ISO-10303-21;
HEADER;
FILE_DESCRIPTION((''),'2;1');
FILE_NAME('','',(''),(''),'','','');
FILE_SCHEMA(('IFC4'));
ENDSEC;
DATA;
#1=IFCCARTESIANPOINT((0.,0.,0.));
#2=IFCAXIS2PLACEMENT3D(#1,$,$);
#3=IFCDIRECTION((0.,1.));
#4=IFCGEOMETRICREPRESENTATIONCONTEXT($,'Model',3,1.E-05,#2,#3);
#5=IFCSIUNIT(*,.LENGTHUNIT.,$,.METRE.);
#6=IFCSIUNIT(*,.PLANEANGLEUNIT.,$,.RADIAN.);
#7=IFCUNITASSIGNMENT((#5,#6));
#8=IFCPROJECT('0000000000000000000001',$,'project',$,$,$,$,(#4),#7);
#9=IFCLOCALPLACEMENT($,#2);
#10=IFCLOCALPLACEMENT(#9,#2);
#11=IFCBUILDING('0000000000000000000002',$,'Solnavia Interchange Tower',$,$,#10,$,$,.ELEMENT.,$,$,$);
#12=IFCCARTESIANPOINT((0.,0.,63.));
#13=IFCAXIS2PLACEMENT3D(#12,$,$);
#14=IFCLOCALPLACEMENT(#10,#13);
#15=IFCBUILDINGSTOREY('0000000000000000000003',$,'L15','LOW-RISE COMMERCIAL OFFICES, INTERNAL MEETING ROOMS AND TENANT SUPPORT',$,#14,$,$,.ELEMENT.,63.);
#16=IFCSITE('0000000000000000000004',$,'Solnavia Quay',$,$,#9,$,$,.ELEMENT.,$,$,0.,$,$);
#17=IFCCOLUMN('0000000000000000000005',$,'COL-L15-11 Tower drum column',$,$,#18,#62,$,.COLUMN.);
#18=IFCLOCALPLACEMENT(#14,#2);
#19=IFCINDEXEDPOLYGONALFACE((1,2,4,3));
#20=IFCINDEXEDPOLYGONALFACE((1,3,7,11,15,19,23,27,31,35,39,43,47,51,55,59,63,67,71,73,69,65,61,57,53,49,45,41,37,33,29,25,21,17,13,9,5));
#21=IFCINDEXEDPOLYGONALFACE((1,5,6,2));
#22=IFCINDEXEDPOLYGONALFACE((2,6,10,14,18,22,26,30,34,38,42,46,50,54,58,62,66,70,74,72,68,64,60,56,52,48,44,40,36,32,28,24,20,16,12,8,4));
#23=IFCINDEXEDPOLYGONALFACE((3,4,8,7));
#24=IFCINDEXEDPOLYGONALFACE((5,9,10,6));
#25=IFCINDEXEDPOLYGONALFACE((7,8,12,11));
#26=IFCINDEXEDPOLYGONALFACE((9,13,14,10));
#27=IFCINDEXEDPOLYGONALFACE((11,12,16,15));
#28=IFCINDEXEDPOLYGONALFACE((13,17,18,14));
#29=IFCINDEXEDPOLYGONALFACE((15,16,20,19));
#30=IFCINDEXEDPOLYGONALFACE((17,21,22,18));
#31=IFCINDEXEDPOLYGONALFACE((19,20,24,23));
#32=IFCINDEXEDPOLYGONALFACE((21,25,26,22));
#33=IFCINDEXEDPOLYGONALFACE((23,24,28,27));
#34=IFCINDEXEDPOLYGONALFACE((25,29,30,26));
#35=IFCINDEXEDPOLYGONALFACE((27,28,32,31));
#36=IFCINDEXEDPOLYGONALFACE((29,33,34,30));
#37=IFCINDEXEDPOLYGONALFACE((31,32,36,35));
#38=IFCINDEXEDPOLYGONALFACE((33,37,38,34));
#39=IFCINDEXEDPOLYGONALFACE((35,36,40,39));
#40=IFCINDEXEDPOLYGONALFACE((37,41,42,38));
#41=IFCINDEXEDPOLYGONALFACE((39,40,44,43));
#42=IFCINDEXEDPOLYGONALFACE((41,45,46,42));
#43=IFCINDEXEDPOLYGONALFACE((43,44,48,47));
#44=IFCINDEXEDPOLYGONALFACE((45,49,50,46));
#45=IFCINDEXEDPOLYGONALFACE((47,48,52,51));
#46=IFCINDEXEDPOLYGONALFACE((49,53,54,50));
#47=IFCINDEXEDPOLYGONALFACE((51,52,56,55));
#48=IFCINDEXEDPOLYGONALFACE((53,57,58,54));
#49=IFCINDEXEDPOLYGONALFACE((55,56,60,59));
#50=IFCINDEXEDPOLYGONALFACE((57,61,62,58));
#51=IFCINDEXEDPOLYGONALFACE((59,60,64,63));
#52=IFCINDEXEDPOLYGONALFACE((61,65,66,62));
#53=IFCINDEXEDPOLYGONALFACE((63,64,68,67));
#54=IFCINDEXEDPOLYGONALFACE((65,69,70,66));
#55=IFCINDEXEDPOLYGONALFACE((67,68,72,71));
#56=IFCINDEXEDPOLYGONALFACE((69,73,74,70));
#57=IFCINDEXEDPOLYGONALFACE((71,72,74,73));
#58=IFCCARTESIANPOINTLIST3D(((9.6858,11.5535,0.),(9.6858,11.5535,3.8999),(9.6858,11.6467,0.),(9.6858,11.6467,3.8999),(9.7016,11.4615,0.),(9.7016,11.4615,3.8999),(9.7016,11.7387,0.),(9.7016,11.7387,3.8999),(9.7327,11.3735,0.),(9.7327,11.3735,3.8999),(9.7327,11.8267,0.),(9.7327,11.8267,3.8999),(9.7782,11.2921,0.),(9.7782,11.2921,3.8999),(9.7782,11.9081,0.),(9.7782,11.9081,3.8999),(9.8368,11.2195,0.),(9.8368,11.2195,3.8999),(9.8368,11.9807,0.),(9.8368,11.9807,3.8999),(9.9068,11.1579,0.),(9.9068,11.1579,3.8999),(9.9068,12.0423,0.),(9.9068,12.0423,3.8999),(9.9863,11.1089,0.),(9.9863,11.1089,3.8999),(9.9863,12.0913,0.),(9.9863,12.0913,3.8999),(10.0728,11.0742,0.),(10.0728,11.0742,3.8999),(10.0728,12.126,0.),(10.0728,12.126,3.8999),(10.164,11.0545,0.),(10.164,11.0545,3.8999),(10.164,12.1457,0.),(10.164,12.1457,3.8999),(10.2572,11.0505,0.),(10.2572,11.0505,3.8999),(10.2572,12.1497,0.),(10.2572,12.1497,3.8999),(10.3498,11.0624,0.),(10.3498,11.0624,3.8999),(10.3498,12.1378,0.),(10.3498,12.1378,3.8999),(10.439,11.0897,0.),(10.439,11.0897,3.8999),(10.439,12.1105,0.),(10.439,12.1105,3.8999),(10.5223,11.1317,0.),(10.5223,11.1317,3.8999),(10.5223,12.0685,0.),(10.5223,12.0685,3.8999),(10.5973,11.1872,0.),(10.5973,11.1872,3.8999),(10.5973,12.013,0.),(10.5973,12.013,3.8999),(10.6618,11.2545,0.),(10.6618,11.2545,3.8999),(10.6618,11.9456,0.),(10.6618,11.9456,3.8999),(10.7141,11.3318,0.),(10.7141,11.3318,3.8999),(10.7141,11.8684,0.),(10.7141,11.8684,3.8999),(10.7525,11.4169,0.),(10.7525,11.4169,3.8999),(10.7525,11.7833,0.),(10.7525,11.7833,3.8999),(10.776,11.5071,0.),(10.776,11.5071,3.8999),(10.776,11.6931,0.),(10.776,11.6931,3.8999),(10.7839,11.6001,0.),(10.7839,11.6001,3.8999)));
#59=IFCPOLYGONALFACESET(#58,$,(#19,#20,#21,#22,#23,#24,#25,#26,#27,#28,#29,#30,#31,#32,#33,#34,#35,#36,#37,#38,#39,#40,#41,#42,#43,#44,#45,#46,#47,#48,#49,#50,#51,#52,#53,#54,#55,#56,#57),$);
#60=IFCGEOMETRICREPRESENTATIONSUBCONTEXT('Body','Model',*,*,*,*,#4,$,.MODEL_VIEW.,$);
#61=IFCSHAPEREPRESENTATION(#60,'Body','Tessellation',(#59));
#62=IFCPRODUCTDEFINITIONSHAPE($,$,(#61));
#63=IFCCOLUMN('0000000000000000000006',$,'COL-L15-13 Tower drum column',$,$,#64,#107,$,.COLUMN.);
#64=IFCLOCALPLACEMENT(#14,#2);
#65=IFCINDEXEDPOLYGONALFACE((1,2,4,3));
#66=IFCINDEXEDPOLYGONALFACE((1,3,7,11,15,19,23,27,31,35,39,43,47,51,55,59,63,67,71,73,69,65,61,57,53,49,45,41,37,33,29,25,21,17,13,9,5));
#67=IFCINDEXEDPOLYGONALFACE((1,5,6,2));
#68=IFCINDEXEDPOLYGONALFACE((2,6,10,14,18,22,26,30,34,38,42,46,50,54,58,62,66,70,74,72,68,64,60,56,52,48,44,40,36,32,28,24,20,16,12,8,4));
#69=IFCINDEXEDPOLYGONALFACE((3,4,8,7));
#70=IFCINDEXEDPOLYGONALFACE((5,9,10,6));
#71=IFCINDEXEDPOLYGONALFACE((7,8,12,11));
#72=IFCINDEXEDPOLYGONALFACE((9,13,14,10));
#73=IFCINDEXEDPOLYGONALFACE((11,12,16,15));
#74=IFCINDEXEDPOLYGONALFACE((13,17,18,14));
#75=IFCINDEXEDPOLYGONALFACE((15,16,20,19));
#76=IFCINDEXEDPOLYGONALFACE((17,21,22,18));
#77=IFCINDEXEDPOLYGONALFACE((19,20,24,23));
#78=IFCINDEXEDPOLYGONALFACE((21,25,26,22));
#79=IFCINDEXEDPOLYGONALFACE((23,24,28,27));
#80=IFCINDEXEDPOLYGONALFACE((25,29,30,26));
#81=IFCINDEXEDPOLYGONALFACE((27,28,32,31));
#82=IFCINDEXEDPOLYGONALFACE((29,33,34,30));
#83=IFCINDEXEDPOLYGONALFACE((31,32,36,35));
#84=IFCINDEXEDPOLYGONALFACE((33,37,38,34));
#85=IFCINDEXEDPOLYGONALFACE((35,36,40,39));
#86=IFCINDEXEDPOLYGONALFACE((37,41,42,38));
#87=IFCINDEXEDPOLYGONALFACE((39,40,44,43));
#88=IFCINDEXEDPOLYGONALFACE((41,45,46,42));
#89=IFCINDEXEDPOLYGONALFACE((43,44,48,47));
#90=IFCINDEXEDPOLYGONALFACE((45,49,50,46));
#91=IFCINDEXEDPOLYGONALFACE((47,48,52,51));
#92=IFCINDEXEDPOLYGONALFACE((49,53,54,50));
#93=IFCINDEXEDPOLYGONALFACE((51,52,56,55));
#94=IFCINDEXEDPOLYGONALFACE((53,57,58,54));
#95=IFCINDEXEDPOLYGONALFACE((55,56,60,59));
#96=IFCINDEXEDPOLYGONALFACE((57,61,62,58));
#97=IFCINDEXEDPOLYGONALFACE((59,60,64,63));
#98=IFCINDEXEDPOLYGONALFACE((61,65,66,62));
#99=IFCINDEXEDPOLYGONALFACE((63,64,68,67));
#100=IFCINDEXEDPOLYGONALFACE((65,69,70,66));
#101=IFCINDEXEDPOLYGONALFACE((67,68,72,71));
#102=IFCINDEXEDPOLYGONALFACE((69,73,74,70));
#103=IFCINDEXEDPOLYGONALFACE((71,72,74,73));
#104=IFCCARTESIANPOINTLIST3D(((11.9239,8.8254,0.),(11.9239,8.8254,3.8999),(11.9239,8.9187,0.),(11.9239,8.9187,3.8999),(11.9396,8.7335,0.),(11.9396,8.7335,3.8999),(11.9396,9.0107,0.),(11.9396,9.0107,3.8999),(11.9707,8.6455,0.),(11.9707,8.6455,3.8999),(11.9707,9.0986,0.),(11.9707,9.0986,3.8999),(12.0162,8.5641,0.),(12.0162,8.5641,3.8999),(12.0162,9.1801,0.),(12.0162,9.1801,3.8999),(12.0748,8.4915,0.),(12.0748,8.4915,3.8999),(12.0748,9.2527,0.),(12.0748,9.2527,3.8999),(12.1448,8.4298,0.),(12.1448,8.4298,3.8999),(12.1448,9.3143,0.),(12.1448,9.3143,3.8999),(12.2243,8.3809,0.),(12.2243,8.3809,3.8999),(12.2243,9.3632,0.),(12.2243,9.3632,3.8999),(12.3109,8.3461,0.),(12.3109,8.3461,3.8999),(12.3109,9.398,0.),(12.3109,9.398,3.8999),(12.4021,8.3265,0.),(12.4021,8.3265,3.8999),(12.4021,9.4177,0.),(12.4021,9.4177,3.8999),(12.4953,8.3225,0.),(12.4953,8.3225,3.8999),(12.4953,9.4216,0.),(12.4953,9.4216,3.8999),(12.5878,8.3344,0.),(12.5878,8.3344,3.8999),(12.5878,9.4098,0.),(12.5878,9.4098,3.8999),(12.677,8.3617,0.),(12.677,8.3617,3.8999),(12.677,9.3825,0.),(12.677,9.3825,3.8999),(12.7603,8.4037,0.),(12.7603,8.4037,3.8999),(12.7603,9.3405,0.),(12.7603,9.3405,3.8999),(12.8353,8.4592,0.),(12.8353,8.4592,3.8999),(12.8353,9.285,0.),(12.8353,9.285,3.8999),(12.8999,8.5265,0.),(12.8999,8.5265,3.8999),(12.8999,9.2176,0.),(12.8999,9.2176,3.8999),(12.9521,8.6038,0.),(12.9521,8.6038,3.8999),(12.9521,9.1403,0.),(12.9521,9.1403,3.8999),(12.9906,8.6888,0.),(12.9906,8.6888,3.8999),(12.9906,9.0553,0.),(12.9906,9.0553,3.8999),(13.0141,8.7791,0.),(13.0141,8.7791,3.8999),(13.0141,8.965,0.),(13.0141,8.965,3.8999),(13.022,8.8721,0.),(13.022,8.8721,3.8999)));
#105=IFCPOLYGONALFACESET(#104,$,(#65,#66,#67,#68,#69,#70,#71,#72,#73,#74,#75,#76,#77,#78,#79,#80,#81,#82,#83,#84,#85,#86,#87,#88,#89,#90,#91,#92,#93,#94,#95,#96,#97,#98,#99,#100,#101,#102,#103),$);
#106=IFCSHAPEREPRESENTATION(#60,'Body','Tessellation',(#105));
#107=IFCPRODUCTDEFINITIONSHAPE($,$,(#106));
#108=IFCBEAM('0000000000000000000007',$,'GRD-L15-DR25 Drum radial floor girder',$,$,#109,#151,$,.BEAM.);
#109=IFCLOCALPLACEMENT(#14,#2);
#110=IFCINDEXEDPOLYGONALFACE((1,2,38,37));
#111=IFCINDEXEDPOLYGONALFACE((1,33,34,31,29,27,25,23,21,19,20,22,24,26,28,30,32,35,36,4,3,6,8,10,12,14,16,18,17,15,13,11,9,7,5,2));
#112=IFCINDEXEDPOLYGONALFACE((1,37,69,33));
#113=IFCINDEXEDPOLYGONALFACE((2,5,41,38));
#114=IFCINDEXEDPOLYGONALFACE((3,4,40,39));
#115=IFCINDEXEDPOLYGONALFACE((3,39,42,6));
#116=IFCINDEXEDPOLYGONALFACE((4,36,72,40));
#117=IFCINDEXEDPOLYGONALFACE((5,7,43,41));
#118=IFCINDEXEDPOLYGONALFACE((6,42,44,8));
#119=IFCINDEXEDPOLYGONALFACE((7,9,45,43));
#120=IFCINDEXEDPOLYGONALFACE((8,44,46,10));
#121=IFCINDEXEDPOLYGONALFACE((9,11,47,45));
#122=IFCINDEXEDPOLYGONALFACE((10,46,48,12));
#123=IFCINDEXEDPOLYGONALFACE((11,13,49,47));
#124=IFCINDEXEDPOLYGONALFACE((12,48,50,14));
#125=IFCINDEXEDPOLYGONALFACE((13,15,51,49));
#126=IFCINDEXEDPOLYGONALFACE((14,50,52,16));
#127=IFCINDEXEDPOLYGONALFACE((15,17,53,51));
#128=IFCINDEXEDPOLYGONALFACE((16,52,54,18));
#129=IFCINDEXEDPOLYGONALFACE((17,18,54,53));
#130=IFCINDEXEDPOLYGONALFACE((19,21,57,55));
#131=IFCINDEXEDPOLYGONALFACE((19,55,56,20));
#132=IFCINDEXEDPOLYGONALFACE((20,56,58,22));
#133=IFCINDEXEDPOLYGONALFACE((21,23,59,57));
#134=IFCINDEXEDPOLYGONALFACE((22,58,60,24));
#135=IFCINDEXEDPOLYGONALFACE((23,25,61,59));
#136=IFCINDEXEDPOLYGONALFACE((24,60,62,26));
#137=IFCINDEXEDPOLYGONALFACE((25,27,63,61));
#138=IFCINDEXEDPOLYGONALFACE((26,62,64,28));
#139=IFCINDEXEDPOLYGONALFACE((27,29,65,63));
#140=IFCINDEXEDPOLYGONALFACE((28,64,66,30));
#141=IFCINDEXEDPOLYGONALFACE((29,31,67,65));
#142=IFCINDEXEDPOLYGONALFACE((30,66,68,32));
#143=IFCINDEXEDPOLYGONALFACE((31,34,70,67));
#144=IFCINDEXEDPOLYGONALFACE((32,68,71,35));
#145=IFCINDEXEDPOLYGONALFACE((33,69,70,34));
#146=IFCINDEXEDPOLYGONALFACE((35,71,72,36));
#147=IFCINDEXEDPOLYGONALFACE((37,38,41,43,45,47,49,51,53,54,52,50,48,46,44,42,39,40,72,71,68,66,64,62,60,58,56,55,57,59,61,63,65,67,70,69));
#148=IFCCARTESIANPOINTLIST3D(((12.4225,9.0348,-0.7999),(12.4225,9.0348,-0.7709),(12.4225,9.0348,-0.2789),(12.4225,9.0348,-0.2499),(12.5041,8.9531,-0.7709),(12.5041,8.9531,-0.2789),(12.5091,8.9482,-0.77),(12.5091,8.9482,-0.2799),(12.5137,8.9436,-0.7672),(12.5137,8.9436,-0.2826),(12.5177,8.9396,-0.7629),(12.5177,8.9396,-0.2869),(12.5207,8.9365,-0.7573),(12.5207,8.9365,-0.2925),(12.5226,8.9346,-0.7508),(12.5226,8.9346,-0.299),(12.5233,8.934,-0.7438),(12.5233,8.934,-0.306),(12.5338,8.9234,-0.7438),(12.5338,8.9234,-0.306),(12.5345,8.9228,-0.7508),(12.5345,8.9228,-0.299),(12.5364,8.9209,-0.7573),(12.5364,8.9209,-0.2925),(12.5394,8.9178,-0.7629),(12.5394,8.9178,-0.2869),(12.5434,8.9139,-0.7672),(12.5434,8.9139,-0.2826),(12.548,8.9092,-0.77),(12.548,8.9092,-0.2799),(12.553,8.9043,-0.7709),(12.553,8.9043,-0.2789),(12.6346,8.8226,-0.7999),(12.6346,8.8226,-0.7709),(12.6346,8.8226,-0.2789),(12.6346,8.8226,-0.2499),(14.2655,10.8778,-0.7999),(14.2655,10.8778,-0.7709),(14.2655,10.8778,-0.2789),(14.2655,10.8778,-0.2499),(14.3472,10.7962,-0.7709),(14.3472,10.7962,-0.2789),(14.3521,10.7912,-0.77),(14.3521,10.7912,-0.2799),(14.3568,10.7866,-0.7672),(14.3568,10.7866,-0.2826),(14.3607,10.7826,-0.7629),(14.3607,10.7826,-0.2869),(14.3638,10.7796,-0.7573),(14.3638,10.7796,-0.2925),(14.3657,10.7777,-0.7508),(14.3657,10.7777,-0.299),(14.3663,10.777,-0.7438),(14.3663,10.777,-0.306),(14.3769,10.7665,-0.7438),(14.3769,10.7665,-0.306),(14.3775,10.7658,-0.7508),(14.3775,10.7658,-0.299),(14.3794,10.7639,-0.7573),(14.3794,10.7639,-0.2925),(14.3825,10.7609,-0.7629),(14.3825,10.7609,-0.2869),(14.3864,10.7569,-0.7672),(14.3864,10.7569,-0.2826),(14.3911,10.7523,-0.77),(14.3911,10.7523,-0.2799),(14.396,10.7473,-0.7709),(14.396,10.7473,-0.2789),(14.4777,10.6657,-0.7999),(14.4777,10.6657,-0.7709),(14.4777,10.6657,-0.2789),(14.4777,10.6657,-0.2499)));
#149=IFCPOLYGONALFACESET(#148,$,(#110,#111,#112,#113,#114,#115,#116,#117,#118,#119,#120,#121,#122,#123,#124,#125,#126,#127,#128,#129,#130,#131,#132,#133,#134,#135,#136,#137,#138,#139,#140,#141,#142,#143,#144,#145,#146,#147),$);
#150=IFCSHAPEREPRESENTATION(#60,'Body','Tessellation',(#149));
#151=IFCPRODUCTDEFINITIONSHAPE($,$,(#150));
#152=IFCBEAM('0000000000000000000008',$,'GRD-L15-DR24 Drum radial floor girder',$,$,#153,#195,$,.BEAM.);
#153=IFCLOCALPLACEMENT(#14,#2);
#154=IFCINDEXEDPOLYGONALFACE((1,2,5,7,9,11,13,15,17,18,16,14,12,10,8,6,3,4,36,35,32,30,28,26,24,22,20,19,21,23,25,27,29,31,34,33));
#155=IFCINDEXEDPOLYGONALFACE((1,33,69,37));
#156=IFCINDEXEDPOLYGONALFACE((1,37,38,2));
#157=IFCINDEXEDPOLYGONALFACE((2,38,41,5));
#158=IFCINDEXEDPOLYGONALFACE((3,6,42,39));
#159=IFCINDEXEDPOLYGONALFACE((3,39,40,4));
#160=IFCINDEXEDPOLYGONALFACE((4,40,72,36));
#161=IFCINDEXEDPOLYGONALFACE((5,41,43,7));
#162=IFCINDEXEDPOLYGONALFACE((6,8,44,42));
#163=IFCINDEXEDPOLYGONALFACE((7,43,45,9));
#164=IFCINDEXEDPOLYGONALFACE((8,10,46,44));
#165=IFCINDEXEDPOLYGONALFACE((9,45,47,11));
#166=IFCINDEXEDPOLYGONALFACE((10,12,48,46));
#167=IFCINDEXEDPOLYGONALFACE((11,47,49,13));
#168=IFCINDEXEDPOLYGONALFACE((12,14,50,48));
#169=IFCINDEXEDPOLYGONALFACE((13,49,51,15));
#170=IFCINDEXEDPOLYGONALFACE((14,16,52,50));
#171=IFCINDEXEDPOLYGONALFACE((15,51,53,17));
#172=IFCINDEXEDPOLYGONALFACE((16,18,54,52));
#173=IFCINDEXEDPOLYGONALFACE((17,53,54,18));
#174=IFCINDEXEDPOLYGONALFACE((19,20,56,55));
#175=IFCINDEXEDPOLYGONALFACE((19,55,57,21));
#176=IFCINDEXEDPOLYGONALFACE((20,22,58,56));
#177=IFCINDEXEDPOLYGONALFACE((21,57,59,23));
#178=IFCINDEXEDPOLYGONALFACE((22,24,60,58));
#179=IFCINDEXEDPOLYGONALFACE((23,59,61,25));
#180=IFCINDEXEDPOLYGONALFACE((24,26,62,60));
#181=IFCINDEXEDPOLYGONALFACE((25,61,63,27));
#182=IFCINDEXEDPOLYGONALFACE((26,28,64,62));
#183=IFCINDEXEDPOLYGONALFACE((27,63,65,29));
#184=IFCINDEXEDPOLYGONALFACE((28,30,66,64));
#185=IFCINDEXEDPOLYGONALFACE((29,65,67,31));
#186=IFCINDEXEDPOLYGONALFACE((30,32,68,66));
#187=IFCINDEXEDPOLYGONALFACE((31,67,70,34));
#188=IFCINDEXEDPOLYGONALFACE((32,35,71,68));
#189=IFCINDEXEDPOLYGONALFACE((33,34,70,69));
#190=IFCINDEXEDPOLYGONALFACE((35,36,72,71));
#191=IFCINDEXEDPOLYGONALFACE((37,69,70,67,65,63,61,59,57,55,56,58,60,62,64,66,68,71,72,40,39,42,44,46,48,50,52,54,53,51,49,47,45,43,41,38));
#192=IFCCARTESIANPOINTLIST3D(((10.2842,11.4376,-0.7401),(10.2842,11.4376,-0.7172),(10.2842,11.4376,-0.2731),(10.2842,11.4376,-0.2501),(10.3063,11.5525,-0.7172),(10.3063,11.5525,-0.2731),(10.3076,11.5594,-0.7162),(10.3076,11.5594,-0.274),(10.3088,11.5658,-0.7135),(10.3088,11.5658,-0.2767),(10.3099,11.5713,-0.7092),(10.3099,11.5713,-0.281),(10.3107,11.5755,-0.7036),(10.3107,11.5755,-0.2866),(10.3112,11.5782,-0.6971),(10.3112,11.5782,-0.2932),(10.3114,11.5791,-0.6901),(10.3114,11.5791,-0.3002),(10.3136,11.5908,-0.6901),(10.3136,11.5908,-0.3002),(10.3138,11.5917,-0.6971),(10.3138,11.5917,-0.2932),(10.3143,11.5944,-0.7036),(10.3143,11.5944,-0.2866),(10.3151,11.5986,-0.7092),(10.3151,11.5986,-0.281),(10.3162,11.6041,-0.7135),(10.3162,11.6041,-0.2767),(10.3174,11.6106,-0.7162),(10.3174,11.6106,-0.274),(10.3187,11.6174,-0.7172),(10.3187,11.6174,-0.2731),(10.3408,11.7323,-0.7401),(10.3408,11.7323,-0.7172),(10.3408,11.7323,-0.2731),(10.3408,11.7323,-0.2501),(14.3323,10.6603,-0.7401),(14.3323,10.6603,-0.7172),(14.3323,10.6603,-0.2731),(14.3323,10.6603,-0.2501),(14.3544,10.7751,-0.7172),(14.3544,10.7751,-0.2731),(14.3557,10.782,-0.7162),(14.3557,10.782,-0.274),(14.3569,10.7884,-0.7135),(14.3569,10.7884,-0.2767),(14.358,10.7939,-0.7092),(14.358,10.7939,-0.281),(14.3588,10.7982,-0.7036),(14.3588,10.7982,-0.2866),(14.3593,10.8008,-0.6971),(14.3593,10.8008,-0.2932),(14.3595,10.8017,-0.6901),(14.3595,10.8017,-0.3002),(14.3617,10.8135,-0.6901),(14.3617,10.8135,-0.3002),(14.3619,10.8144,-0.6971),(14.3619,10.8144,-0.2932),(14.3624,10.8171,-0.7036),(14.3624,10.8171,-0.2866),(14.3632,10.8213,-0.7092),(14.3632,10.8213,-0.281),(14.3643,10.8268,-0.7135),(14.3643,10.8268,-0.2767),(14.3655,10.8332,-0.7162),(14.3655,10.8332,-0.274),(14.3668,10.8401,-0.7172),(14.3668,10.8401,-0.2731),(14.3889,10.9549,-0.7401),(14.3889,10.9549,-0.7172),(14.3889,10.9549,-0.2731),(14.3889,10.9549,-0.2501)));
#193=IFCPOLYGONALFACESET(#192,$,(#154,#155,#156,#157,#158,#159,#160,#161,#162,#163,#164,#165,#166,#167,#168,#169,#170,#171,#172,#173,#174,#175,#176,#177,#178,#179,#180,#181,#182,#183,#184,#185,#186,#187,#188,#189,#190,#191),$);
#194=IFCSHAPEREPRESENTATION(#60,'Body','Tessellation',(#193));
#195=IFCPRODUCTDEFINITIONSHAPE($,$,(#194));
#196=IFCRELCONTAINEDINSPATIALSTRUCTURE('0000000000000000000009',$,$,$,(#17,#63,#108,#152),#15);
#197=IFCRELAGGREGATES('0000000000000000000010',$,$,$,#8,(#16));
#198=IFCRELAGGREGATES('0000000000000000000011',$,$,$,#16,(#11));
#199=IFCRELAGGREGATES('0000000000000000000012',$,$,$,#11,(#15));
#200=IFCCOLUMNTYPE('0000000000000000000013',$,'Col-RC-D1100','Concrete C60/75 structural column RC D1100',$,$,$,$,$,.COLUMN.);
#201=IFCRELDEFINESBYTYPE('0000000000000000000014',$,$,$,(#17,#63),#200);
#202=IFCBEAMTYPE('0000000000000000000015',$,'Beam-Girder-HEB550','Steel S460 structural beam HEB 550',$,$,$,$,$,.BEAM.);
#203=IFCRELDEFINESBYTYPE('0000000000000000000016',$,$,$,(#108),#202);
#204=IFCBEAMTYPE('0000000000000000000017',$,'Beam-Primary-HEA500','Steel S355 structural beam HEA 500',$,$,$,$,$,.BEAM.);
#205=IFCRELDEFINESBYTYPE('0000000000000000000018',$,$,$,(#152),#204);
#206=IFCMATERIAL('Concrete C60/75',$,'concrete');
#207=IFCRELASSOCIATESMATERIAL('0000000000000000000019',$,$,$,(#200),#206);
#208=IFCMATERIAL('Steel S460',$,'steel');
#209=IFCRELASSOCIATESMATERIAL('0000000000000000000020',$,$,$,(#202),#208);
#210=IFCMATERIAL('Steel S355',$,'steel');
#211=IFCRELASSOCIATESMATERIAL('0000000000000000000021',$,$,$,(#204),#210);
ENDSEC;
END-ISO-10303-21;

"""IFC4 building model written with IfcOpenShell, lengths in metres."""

from ifc_helpers import new_model, si_unit, direction, frame, origin, origin_2d, place, context, subcontext, project, spatial, circle, i_section, extrude, material, material_profile, profile_set, type_object, element, save


model = new_model("IFC4")

# Units and contexts
model_context = context("Model", 3, precision=1e-05, world=origin(), true_north=direction((0.0, 1.0)))
body_context = subcontext(model_context, "Body", "Model", "MODEL_VIEW")
ifc_project = project(units=[si_unit("LENGTHUNIT", "METRE"), si_unit("PLANEANGLEUNIT", "RADIAN")], contexts=[model_context])

# Site, building, storey
site_placement = place(None, origin())
site = spatial("IfcSite", under=ifc_project, at=site_placement, Name="Solnavia Quay", CompositionType="ELEMENT", RefElevation=0.0)
building_placement = place(site_placement, origin())
building = spatial("IfcBuilding", under=site, at=building_placement, Name="Solnavia Interchange Tower", CompositionType="ELEMENT")
storey_placement = place(building_placement, frame((0.0, 0.0, 63.0)))
storey = spatial("IfcBuildingStorey", under=building, at=storey_placement, Name="L15", Description="LOW-RISE COMMERCIAL OFFICES, INTERNAL MEETING ROOMS AND TENANT SUPPORT", CompositionType="ELEMENT", Elevation=63.0)

# Columns
ifc_material_1 = material(Name="Concrete C60/75", Category="concrete")
ifc_material_profile_1 = material_profile(ifc_material_1, circle(Radius=0.55, at=origin_2d()), Name="RC D1100")
ifc_profile_set_1 = profile_set([ifc_material_profile_1], Name="Concrete C60/75")
column_type = type_object("IfcColumnType", Name="Col-RC-D1100", Description="Concrete C60/75 structural column RC D1100", PredefinedType="COLUMN", material=ifc_profile_set_1)
for number, where, z_axis, x_axis, name in (
    (1, (10.2339, 11.6001, 0.0), (0.0, 0.0, 1.0), (1.0, 0.0, 0.0), "COL-L15-11 Tower drum column"),
    (2, (12.4719, 8.8721, 0.0), (0.0, 0.0, 1.0), (1.0, 0.0, 0.0), "COL-L15-13 Tower drum column"),
):
    element("IfcColumn", number, at=place(storey_placement, frame(where, z_axis=z_axis, x_axis=x_axis)), inside=storey, type_object=column_type, Name=name, PredefinedType="COLUMN", context=body_context, shape_type="SweptSolid", body=[
        extrude(circle(Radius=0.55, at=origin_2d()), origin(), (0.0, 0.0, 1.0), 3.8999),
    ])

# Beams
ifc_material_2 = material(Name="Steel S460", Category="steel")
ifc_material_profile_2 = material_profile(ifc_material_2, i_section(OverallWidth=0.3, OverallDepth=0.55, WebThickness=0.0149, FlangeThickness=0.0291, FilletRadius=0.0271, at=origin_2d()), Name="HEB 550")
ifc_profile_set_2 = profile_set([ifc_material_profile_2], Name="Steel S460")
beam_type_1 = type_object("IfcBeamType", Name="Beam-Girder-HEB550", Description="Steel S460 structural beam HEB 550", PredefinedType="BEAM", material=ifc_profile_set_2)
beam_1_placement = place(storey_placement, frame((12.5286, 8.9287, -0.5249), z_axis=(0.707107, 0.707107, 0.0), x_axis=(-0.707107, 0.707107, 0.0)))
element("IfcBeam", 3, at=beam_1_placement, inside=storey, type_object=beam_type_1, Name="GRD-L15-DR25 Drum radial floor girder", PredefinedType="BEAM", context=body_context, shape_type="SweptSolid", body=[
    extrude(i_section(OverallWidth=0.3, OverallDepth=0.55, WebThickness=0.0149, FlangeThickness=0.0291, FilletRadius=0.0271, at=origin_2d()), origin(), (0.0, 0.0, 1.0), 2.6064),
])
ifc_material_3 = material(Name="Steel S355", Category="steel")
ifc_material_profile_3 = material_profile(ifc_material_3, i_section(OverallWidth=0.3, OverallDepth=0.49, WebThickness=0.012, FlangeThickness=0.0229, FilletRadius=0.0271, at=origin_2d()), Name="HEA 500")
ifc_profile_set_3 = profile_set([ifc_material_profile_3], Name="Steel S355")
beam_type_2 = type_object("IfcBeamType", Name="Beam-Primary-HEA500", Description="Steel S355 structural beam HEA 500", PredefinedType="BEAM", material=ifc_profile_set_3)
beam_2_placement = place(storey_placement, frame((10.3125, 11.585, -0.4951), z_axis=(0.982058, -0.188582, 0.0), x_axis=(0.188582, 0.982058, 0.0)))
element("IfcBeam", 4, at=beam_2_placement, inside=storey, type_object=beam_type_2, Name="GRD-L15-DR24 Drum radial floor girder", PredefinedType="BEAM", context=body_context, shape_type="SweptSolid", body=[
    extrude(i_section(OverallWidth=0.3, OverallDepth=0.49, WebThickness=0.012, FlangeThickness=0.0229, FilletRadius=0.0271, at=origin_2d()), origin(), (0.0, 0.0, 1.0), 4.1221),
])

save(model, "model.ifc")
